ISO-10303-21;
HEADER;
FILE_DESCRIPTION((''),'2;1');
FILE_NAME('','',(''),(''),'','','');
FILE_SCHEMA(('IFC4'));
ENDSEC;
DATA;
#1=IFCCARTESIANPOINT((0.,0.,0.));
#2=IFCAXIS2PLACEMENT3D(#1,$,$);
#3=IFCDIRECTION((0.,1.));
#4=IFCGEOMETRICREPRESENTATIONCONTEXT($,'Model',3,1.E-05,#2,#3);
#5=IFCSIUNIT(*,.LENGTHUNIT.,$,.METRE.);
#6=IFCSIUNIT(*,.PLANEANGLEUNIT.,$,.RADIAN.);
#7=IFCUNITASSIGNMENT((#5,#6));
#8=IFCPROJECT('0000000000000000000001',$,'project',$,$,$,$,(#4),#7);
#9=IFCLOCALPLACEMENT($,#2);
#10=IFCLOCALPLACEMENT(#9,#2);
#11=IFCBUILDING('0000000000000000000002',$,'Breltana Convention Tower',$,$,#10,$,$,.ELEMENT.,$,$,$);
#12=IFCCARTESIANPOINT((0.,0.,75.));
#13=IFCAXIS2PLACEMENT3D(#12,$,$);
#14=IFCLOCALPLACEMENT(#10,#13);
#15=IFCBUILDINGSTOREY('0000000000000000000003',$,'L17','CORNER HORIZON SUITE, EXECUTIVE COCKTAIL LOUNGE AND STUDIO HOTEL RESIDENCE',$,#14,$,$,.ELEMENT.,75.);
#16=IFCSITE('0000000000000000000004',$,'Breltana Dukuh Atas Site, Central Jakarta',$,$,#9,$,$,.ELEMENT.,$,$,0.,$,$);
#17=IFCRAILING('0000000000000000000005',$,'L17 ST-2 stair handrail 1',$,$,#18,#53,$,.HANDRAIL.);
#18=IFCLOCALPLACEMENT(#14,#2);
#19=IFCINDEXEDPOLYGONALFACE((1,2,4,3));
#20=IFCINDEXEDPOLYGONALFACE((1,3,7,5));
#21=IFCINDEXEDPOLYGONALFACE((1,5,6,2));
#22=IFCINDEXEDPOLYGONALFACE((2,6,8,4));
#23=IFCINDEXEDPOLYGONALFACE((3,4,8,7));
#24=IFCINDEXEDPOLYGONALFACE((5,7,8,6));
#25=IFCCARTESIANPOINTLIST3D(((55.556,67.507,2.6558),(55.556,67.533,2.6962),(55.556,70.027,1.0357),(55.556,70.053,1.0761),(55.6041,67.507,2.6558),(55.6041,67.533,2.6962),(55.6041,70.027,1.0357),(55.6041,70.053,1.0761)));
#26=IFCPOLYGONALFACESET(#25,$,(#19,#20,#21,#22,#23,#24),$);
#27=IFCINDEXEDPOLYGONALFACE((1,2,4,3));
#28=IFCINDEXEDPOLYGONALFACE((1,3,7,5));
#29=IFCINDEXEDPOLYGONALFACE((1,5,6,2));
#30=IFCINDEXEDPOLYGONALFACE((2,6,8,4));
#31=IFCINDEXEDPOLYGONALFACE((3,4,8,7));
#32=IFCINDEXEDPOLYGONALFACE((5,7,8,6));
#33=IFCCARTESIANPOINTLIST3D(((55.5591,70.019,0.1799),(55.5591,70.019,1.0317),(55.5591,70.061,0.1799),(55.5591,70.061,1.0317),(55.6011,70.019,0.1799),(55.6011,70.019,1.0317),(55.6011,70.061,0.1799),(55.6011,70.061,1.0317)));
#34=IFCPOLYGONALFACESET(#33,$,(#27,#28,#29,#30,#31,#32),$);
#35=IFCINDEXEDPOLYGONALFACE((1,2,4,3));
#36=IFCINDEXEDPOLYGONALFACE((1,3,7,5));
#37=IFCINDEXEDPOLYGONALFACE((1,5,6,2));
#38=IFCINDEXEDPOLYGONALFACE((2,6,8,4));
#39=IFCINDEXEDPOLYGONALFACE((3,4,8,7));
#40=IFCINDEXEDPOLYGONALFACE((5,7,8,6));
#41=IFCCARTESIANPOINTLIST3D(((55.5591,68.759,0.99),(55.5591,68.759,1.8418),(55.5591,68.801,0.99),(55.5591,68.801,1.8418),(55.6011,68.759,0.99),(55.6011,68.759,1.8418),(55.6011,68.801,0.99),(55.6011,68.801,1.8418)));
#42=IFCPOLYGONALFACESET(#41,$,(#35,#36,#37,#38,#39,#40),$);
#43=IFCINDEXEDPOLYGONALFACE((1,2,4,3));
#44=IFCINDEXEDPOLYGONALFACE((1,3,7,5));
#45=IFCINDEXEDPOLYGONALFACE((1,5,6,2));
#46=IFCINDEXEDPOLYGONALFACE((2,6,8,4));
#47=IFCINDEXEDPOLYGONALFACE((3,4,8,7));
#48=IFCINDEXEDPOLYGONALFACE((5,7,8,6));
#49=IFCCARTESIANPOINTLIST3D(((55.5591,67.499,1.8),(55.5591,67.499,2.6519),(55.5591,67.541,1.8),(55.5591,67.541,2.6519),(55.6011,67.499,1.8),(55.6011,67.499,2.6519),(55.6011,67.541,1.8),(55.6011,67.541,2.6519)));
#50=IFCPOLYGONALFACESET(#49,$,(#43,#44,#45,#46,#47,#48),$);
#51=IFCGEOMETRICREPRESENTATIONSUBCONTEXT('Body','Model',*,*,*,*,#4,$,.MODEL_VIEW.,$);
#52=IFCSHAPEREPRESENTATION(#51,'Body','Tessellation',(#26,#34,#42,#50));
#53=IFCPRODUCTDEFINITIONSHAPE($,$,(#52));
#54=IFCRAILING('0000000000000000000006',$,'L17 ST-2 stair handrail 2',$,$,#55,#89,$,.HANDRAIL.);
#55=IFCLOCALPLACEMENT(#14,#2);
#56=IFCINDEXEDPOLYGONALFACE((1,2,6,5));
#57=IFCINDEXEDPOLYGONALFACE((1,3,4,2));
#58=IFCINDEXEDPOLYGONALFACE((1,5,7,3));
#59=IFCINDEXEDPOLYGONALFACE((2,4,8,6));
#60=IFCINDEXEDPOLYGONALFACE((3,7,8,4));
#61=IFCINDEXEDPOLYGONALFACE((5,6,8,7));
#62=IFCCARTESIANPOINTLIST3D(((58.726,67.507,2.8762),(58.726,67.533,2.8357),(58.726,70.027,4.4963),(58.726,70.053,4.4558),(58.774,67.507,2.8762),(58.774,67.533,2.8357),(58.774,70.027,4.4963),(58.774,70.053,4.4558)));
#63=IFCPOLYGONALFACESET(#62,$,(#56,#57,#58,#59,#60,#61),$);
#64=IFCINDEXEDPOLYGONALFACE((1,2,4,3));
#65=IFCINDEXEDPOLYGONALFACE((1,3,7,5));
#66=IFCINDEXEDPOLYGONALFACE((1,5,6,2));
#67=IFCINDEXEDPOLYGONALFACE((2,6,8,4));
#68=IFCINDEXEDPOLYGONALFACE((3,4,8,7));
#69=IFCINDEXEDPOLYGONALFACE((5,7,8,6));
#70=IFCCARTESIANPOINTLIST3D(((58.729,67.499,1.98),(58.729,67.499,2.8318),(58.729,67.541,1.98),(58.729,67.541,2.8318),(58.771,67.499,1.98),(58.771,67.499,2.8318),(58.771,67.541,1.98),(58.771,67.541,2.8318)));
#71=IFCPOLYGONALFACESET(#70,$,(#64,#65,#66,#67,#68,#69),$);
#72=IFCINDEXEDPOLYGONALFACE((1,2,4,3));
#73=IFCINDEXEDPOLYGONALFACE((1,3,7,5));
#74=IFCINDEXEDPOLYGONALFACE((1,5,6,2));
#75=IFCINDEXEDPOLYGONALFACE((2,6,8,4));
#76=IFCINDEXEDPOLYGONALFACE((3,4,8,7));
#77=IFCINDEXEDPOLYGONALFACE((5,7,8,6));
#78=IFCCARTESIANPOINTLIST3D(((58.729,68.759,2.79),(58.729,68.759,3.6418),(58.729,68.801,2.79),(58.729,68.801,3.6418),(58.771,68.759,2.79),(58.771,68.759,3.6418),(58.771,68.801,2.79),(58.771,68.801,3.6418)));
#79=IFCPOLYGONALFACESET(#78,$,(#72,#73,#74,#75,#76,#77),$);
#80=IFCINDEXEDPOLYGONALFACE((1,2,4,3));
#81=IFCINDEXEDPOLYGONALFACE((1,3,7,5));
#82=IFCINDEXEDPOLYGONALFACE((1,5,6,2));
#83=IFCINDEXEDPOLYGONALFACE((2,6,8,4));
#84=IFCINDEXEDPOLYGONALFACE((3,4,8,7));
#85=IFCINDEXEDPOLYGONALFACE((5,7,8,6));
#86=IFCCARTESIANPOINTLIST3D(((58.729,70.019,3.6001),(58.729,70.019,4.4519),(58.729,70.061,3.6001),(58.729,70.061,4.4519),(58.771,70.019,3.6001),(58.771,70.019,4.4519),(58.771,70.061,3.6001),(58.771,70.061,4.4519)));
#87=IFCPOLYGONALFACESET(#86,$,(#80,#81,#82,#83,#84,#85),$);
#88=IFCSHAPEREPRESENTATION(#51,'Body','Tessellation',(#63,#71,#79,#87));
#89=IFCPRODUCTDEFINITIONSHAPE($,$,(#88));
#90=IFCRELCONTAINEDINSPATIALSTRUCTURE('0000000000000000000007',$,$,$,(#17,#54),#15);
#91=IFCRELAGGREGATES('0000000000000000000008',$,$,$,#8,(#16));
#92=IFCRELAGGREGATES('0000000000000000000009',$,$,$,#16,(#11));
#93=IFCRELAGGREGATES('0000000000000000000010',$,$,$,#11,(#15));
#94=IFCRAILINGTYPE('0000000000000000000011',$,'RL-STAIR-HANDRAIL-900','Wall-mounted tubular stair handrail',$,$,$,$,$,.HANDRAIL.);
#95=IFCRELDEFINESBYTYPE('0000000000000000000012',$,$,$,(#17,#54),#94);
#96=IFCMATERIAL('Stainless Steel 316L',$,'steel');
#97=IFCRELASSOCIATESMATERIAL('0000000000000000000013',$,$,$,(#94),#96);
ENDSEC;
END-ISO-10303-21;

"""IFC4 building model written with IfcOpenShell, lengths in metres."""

from ifc_helpers import new_model, si_unit, direction, frame, origin, origin_2d, place, context, subcontext, project, spatial, rectangle, extrude, material, type_object, element, save


model = new_model("IFC4")

# Units and contexts
model_context = context("Model", 3, precision=1e-05, world=origin(), true_north=direction((0.0, 1.0)))
body_context = subcontext(model_context, "Body", "Model", "MODEL_VIEW")
ifc_project = project(units=[si_unit("LENGTHUNIT", "METRE"), si_unit("PLANEANGLEUNIT", "RADIAN")], contexts=[model_context])

# Site, building, storey
site_placement = place(None, origin())
site = spatial("IfcSite", under=ifc_project, at=site_placement, Name="Breltana Dukuh Atas Site, Central Jakarta", CompositionType="ELEMENT", RefElevation=0.0)
building_placement = place(site_placement, origin())
building = spatial("IfcBuilding", under=site, at=building_placement, Name="Breltana Convention Tower", CompositionType="ELEMENT")
storey_placement = place(building_placement, frame((0.0, 0.0, 75.0)))
storey = spatial("IfcBuildingStorey", under=building, at=storey_placement, Name="L17", Description="CORNER HORIZON SUITE, EXECUTIVE COCKTAIL LOUNGE AND STUDIO HOTEL RESIDENCE", CompositionType="ELEMENT", Elevation=75.0)

# Railings
ifc_material_1 = material(Name="Stainless Steel 316L", Category="steel")
railing_type_1 = type_object("IfcRailingType", Name="RL-STAIR-HANDRAIL-900", Description="Wall-mounted tubular stair handrail", PredefinedType="HANDRAIL", material=ifc_material_1)
railing_1_placement = place(storey_placement, frame((55.5801, 70.04, 0.1799)))
element("IfcRailing", 1, at=railing_1_placement, inside=storey, type_object=railing_type_1, Name="L17 ST-2 stair handrail 1", PredefinedType="HANDRAIL", context=body_context, shape_type="SweptSolid", body=[
    extrude(rectangle(XDim=0.0481, YDim=0.0481, at=origin_2d()), frame((0.0, 0.0, 0.876), z_axis=(0.0, -0.841163, 0.540782), x_axis=(1.0, 0.0, 0.0)), (0.0, 0.0, 1.0), 2.9958),
    extrude(rectangle(XDim=0.042, YDim=0.042, at=origin_2d()), origin(), (0.0, 0.0, 1.0), 0.8518),
    extrude(rectangle(XDim=0.042, YDim=0.042, at=origin_2d()), frame((0.0, -1.26, 0.8101)), (0.0, 0.0, 1.0), 0.8518),
    extrude(rectangle(XDim=0.042, YDim=0.042, at=origin_2d()), frame((0.0, -2.52, 1.6201)), (0.0, 0.0, 1.0), 0.8518),
])
railing_2_placement = place(storey_placement, frame((58.75, 67.52, 1.98)))
element("IfcRailing", 2, at=railing_2_placement, inside=storey, type_object=railing_type_1, Name="L17 ST-2 stair handrail 2", PredefinedType="HANDRAIL", context=body_context, shape_type="SweptSolid", body=[
    extrude(rectangle(XDim=0.0481, YDim=0.0481, at=origin_2d()), frame((0.0, 0.0, 0.876), z_axis=(0.0, 0.841163, 0.540782), x_axis=(-1.0, 0.0, 0.0)), (0.0, 0.0, 1.0), 2.9958),
    extrude(rectangle(XDim=0.042, YDim=0.042, at=origin_2d()), origin(), (0.0, 0.0, 1.0), 0.8518),
    extrude(rectangle(XDim=0.042, YDim=0.042, at=origin_2d()), frame((0.0, 1.26, 0.8101)), (0.0, 0.0, 1.0), 0.8518),
    extrude(rectangle(XDim=0.042, YDim=0.042, at=origin_2d()), frame((0.0, 2.52, 1.6201)), (0.0, 0.0, 1.0), 0.8518),
])

save(model, "model.ifc")
